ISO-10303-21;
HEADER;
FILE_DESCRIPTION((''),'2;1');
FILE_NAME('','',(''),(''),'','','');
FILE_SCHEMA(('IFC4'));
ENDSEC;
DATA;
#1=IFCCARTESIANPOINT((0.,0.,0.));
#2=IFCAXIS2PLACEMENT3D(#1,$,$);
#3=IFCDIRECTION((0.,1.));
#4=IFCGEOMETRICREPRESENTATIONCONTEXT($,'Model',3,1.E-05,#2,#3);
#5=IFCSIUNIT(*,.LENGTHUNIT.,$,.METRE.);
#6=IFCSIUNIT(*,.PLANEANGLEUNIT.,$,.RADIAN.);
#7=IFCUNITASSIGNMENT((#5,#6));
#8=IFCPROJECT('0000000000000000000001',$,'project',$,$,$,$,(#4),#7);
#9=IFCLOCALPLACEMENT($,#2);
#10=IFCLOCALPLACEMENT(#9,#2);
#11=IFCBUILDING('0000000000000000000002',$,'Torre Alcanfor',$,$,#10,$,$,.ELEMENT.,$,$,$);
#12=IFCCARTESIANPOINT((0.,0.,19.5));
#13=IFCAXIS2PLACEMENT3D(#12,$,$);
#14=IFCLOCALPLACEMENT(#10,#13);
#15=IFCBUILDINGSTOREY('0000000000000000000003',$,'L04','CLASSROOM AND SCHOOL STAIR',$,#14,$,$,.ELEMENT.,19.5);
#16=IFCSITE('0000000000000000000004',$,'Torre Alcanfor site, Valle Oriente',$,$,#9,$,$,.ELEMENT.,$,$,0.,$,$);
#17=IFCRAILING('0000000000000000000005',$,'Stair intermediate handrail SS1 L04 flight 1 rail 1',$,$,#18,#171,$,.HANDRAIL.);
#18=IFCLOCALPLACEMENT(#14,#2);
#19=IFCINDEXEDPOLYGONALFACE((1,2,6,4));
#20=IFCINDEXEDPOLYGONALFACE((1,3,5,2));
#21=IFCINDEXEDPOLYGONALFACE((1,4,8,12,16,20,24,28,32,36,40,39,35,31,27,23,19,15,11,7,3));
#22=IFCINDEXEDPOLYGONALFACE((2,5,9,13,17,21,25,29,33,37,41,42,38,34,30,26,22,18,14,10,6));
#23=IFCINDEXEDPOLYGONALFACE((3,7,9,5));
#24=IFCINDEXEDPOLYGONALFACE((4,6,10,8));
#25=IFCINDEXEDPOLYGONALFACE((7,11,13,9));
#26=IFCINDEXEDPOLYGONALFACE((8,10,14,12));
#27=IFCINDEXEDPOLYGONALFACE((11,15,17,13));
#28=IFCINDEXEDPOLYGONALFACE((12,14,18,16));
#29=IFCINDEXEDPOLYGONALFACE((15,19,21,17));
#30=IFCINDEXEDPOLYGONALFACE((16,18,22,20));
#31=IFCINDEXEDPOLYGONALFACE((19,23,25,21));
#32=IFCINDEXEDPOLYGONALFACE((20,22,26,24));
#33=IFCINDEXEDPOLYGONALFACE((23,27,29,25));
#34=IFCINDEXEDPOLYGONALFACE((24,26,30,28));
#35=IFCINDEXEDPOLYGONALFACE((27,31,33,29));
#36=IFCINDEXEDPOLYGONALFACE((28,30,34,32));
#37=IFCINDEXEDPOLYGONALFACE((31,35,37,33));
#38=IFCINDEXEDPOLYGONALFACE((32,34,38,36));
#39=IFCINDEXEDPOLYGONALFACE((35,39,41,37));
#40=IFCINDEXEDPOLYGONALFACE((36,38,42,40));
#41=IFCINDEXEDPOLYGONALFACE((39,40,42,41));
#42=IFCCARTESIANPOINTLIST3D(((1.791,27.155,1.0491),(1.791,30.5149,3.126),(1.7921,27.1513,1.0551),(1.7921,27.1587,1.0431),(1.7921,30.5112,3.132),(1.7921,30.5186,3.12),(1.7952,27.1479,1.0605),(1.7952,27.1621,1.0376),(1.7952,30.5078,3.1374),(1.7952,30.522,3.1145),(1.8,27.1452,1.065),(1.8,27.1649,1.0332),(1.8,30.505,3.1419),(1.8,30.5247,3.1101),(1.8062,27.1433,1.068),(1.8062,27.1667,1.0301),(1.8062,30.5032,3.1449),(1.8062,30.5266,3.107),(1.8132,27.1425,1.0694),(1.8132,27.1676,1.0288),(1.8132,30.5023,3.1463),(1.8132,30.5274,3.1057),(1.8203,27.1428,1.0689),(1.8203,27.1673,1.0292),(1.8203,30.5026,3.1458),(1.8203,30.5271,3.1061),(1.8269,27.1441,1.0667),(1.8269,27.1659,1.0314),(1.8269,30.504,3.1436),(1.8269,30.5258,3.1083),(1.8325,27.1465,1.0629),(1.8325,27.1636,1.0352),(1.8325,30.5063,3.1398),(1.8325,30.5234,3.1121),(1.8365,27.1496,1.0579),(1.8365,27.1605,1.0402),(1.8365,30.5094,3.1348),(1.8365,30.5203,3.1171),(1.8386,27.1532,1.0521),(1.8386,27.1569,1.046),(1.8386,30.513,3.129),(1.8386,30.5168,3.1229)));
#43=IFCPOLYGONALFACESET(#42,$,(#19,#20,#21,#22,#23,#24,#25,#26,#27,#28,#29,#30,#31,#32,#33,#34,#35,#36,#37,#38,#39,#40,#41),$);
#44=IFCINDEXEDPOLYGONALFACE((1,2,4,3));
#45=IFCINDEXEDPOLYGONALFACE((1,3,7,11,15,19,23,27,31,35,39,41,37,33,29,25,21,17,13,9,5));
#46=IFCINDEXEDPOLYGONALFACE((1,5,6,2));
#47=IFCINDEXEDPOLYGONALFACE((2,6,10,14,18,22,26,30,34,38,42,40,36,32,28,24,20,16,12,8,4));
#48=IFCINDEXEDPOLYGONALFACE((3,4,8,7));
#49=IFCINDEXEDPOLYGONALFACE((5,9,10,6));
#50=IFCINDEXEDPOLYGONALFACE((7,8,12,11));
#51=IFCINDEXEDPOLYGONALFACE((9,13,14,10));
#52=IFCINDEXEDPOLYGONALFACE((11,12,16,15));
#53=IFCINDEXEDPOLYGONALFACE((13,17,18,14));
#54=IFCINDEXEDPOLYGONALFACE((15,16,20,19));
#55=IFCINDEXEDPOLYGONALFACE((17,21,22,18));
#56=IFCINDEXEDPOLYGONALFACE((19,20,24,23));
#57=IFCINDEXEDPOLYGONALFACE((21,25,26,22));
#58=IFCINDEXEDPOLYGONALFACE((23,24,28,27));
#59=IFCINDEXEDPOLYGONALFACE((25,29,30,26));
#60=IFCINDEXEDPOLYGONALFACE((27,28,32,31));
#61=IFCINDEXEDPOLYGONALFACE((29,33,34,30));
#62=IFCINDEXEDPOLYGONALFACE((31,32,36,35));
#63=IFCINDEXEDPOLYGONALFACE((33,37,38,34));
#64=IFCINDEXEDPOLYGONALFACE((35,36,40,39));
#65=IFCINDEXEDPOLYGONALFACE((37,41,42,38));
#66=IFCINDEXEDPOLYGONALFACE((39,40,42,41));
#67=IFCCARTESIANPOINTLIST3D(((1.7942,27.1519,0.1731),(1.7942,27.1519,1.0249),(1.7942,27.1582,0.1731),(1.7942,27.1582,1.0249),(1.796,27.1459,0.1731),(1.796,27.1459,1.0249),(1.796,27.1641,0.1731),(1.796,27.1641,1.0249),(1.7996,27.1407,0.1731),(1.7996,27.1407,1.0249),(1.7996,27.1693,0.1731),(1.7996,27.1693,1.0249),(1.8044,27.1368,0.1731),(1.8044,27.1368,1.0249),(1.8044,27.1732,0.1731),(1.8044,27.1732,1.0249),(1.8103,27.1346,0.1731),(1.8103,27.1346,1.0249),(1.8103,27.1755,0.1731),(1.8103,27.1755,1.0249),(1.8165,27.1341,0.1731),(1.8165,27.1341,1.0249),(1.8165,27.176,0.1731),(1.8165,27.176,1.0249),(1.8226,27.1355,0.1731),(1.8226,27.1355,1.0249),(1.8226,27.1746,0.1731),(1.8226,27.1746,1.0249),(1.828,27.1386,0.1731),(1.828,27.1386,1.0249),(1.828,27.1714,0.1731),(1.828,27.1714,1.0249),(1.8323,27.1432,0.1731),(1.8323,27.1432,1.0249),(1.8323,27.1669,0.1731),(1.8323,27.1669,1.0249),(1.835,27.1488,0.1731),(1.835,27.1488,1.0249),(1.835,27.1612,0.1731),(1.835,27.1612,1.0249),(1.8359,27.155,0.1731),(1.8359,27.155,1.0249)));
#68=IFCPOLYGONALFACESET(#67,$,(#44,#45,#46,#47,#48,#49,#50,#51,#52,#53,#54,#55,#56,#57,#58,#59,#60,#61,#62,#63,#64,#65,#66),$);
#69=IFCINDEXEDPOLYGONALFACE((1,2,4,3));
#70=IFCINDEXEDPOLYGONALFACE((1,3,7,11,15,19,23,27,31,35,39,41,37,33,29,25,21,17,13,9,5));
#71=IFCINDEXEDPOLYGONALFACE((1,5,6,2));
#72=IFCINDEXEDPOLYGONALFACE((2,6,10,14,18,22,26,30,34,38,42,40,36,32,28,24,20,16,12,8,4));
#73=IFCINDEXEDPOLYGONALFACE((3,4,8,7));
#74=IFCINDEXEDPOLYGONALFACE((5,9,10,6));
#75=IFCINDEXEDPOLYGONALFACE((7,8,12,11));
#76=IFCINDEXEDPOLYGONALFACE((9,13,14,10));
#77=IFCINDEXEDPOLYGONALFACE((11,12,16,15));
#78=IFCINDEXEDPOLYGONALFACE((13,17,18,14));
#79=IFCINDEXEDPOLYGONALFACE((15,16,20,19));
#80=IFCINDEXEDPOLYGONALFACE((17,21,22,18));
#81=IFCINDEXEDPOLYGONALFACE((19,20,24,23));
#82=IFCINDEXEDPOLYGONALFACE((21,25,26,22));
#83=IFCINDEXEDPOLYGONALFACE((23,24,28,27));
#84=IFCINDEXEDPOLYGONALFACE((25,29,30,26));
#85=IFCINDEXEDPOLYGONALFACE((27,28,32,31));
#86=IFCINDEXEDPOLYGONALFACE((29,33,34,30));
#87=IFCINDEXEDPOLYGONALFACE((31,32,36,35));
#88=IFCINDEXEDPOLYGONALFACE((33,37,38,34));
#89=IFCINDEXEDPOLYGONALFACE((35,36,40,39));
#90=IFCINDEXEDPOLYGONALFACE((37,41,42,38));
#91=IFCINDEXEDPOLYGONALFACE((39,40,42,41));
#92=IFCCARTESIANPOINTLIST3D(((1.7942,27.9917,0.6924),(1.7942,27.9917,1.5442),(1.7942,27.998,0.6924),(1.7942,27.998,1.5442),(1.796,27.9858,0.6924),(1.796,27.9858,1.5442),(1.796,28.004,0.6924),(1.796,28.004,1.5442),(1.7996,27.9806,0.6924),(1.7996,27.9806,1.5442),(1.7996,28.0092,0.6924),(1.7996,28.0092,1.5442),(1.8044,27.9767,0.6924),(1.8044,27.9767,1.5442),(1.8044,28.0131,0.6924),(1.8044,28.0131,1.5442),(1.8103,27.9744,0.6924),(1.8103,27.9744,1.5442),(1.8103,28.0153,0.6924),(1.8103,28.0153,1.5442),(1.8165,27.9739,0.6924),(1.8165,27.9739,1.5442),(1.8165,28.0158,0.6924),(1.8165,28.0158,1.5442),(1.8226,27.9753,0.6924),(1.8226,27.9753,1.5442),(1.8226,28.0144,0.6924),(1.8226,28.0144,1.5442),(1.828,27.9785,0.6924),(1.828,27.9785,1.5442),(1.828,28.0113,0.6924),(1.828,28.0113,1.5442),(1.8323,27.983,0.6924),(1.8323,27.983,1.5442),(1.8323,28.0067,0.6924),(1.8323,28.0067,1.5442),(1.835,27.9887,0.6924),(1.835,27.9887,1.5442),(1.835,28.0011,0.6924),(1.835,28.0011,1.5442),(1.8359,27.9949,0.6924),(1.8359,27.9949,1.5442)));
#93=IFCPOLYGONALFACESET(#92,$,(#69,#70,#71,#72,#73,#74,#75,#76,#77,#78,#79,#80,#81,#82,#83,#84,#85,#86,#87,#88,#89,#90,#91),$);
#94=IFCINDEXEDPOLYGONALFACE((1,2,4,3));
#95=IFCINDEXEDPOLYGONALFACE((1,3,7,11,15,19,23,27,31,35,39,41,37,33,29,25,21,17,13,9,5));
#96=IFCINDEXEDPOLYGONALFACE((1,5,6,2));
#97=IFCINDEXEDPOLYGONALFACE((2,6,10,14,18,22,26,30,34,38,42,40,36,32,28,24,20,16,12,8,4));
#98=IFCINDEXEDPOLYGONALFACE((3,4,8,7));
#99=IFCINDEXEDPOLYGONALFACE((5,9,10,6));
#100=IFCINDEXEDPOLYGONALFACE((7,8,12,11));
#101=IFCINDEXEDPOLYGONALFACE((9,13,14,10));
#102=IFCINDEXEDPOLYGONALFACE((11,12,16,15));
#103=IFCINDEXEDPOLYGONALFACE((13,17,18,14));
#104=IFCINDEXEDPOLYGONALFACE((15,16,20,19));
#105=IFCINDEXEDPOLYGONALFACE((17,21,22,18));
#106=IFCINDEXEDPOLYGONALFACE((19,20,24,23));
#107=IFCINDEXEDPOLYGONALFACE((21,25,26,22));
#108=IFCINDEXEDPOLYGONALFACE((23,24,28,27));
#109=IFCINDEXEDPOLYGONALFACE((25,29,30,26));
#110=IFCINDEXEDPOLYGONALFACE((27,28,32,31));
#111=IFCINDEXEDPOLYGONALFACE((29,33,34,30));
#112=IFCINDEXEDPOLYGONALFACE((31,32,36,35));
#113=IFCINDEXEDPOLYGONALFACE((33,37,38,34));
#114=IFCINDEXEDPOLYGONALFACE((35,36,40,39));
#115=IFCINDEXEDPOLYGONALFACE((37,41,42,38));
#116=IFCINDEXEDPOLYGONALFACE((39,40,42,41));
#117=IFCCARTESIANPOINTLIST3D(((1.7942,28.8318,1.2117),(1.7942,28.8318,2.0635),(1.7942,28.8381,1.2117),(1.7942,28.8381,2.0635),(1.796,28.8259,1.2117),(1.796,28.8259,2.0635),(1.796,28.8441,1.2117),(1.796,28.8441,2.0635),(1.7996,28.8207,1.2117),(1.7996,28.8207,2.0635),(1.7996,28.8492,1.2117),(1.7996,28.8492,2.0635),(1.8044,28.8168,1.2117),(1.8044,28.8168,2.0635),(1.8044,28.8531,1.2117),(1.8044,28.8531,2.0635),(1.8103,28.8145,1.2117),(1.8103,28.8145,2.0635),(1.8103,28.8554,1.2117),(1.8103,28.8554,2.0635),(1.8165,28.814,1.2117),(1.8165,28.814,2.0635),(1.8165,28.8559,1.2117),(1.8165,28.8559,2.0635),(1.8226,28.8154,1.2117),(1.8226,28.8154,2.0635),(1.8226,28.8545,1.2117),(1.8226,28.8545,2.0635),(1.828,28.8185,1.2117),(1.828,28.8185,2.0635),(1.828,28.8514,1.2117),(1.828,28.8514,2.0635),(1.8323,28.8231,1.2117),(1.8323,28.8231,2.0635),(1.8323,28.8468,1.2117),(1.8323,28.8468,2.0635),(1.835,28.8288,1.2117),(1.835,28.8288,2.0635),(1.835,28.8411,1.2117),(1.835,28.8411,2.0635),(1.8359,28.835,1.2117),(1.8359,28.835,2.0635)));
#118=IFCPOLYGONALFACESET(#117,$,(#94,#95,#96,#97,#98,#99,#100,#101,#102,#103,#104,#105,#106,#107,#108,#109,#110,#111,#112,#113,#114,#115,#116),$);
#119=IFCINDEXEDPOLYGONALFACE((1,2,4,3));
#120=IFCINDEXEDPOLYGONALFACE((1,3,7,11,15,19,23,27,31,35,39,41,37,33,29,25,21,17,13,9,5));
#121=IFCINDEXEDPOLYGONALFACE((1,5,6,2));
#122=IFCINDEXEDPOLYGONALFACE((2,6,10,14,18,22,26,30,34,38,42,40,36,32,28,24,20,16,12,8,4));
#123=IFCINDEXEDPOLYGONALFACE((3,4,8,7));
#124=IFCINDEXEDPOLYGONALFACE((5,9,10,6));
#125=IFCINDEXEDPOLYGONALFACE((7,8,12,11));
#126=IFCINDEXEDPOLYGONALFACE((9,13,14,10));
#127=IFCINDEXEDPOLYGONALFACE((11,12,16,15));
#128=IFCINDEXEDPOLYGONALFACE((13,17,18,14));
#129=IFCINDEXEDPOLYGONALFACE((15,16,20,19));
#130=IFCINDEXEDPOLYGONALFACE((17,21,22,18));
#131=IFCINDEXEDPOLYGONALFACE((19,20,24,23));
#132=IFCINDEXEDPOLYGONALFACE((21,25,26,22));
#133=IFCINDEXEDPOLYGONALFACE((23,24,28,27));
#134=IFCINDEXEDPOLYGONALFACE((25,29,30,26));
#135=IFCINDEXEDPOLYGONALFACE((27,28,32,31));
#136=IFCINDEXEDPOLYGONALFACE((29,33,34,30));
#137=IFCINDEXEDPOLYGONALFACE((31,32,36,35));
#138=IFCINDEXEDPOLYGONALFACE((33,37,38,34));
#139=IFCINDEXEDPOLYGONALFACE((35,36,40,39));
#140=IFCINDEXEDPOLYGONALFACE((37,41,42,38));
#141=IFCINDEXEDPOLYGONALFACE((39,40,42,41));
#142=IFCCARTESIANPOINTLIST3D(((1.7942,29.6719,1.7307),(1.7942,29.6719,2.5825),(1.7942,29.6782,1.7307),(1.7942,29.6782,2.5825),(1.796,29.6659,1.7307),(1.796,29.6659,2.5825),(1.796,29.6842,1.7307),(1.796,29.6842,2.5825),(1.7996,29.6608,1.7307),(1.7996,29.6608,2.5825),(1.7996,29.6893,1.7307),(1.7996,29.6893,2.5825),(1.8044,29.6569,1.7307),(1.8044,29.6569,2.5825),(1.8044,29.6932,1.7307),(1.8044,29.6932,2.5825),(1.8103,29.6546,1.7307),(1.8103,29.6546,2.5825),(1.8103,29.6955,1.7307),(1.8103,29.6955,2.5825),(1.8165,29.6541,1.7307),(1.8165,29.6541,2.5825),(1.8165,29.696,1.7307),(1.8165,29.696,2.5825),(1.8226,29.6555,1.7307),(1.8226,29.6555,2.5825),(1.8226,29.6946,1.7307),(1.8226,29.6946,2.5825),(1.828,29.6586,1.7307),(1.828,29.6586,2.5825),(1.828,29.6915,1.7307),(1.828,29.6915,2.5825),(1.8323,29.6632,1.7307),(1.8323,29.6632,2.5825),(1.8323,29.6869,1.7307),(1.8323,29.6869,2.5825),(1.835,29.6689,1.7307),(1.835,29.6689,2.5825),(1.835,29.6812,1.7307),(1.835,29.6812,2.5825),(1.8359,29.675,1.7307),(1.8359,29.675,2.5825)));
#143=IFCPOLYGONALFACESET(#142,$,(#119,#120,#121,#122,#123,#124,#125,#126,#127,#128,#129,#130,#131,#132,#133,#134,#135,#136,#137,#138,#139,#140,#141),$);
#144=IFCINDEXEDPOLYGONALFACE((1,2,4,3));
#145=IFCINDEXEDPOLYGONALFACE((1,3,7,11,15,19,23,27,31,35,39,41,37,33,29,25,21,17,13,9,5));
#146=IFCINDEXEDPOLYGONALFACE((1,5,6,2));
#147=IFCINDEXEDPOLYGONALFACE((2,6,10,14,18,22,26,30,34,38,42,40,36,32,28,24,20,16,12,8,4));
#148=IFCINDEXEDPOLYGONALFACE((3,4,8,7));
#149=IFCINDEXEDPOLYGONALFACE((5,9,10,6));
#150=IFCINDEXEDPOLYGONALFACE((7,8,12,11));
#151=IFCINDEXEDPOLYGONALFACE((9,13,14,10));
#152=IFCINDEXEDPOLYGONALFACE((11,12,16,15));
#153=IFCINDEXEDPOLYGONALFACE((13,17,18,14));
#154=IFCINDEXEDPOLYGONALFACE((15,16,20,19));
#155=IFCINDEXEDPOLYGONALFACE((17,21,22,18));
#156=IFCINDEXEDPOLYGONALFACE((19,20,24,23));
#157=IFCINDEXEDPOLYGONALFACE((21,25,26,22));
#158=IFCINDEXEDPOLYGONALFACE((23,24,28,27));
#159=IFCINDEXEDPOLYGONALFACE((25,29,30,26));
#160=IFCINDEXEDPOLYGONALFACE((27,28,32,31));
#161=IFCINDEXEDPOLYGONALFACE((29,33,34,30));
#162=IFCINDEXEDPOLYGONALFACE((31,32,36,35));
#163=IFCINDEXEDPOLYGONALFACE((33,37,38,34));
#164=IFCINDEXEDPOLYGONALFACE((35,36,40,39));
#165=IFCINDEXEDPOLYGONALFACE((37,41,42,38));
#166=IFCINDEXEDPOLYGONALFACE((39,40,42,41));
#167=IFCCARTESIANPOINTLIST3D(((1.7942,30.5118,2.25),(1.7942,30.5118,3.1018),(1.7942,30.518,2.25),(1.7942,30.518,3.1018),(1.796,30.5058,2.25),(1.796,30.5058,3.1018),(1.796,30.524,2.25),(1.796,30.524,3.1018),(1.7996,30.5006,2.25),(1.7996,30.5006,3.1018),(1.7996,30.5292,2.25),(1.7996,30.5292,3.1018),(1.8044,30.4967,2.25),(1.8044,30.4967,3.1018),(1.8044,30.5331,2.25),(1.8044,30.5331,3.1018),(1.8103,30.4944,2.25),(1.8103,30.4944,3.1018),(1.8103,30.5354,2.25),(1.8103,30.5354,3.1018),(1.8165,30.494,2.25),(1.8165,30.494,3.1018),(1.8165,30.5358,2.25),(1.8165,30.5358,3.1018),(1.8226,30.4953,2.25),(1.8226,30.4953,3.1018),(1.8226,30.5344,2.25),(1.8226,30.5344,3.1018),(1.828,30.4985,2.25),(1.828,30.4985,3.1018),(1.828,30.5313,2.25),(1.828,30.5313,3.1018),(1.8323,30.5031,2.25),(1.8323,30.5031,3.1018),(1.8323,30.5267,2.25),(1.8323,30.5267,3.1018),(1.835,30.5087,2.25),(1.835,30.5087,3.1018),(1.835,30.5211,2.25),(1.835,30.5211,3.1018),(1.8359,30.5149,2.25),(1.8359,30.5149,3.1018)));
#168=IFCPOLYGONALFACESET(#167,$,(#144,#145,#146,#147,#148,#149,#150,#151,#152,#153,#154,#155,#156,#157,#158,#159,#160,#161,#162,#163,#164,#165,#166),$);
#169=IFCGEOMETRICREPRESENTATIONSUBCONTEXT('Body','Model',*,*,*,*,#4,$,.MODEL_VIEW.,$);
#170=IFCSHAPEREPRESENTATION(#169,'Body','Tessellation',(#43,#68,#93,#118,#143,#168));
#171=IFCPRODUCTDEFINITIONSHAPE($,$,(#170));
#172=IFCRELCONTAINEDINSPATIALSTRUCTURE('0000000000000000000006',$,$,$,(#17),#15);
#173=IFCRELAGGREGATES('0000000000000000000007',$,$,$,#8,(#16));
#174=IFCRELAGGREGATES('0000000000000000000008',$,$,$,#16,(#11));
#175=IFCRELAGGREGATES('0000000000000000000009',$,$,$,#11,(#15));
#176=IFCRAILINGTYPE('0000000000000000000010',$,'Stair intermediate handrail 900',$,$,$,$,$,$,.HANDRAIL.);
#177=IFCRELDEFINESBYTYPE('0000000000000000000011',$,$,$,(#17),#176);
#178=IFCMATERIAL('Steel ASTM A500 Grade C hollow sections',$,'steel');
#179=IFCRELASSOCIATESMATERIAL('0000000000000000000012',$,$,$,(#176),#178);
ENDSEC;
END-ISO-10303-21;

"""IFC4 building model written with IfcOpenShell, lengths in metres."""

from ifc_helpers import new_model, si_unit, direction, frame, origin, origin_2d, place, context, subcontext, project, spatial, circle, extrude, material, type_object, element, save


model = new_model("IFC4")

# Units and contexts
model_context = context("Model", 3, precision=1e-05, world=origin(), true_north=direction((0.0, 1.0)))
body_context = subcontext(model_context, "Body", "Model", "MODEL_VIEW")
ifc_project = project(units=[si_unit("LENGTHUNIT", "METRE"), si_unit("PLANEANGLEUNIT", "RADIAN")], contexts=[model_context])

# Site, building, storey
site_placement = place(None, origin())
site = spatial("IfcSite", under=ifc_project, at=site_placement, Name="Torre Alcanfor site, Valle Oriente", CompositionType="ELEMENT", RefElevation=0.0)
building_placement = place(site_placement, origin())
building = spatial("IfcBuilding", under=site, at=building_placement, Name="Torre Alcanfor", CompositionType="ELEMENT")
storey_placement = place(building_placement, frame((0.0, 0.0, 19.5)))
storey = spatial("IfcBuildingStorey", under=building, at=storey_placement, Name="L04", Description="CLASSROOM AND SCHOOL STAIR", CompositionType="ELEMENT", Elevation=19.5)

# Railing
ifc_material_1 = material(Name="Steel ASTM A500 Grade C hollow sections", Category="steel")
railing_type_1 = type_object("IfcRailingType", Name="Stair intermediate handrail 900", PredefinedType="HANDRAIL", material=ifc_material_1)
railing_1_placement = place(storey_placement, frame((1.8149, 27.155, 0.1731)))
element("IfcRailing", 1, at=railing_1_placement, inside=storey, type_object=railing_type_1, Name="Stair intermediate handrail SS1 L04 flight 1 rail 1", PredefinedType="HANDRAIL", context=body_context, shape_type="SweptSolid", body=[
    extrude(circle(Radius=0.0239, at=origin_2d()), frame((0.0, 0.0, 0.876), z_axis=(0.0, 0.850606, 0.525803), x_axis=(-1.0, 0.0, 0.0)), (0.0, 0.0, 1.0), 3.95),
    extrude(circle(Radius=0.021, at=origin_2d()), origin(), (0.0, 0.0, 1.0), 0.8518),
    extrude(circle(Radius=0.021, at=origin_2d()), frame((0.0, 0.8398, 0.5193)), (0.0, 0.0, 1.0), 0.8518),
    extrude(circle(Radius=0.021, at=origin_2d()), frame((0.0, 1.6799, 1.0386)), (0.0, 0.0, 1.0), 0.8518),
    extrude(circle(Radius=0.021, at=origin_2d()), frame((0.0, 2.52, 1.5576)), (0.0, 0.0, 1.0), 0.8518),
    extrude(circle(Radius=0.021, at=origin_2d()), frame((0.0, 3.3599, 2.0769)), (0.0, 0.0, 1.0), 0.8518),
])

save(model, "model.ifc")
